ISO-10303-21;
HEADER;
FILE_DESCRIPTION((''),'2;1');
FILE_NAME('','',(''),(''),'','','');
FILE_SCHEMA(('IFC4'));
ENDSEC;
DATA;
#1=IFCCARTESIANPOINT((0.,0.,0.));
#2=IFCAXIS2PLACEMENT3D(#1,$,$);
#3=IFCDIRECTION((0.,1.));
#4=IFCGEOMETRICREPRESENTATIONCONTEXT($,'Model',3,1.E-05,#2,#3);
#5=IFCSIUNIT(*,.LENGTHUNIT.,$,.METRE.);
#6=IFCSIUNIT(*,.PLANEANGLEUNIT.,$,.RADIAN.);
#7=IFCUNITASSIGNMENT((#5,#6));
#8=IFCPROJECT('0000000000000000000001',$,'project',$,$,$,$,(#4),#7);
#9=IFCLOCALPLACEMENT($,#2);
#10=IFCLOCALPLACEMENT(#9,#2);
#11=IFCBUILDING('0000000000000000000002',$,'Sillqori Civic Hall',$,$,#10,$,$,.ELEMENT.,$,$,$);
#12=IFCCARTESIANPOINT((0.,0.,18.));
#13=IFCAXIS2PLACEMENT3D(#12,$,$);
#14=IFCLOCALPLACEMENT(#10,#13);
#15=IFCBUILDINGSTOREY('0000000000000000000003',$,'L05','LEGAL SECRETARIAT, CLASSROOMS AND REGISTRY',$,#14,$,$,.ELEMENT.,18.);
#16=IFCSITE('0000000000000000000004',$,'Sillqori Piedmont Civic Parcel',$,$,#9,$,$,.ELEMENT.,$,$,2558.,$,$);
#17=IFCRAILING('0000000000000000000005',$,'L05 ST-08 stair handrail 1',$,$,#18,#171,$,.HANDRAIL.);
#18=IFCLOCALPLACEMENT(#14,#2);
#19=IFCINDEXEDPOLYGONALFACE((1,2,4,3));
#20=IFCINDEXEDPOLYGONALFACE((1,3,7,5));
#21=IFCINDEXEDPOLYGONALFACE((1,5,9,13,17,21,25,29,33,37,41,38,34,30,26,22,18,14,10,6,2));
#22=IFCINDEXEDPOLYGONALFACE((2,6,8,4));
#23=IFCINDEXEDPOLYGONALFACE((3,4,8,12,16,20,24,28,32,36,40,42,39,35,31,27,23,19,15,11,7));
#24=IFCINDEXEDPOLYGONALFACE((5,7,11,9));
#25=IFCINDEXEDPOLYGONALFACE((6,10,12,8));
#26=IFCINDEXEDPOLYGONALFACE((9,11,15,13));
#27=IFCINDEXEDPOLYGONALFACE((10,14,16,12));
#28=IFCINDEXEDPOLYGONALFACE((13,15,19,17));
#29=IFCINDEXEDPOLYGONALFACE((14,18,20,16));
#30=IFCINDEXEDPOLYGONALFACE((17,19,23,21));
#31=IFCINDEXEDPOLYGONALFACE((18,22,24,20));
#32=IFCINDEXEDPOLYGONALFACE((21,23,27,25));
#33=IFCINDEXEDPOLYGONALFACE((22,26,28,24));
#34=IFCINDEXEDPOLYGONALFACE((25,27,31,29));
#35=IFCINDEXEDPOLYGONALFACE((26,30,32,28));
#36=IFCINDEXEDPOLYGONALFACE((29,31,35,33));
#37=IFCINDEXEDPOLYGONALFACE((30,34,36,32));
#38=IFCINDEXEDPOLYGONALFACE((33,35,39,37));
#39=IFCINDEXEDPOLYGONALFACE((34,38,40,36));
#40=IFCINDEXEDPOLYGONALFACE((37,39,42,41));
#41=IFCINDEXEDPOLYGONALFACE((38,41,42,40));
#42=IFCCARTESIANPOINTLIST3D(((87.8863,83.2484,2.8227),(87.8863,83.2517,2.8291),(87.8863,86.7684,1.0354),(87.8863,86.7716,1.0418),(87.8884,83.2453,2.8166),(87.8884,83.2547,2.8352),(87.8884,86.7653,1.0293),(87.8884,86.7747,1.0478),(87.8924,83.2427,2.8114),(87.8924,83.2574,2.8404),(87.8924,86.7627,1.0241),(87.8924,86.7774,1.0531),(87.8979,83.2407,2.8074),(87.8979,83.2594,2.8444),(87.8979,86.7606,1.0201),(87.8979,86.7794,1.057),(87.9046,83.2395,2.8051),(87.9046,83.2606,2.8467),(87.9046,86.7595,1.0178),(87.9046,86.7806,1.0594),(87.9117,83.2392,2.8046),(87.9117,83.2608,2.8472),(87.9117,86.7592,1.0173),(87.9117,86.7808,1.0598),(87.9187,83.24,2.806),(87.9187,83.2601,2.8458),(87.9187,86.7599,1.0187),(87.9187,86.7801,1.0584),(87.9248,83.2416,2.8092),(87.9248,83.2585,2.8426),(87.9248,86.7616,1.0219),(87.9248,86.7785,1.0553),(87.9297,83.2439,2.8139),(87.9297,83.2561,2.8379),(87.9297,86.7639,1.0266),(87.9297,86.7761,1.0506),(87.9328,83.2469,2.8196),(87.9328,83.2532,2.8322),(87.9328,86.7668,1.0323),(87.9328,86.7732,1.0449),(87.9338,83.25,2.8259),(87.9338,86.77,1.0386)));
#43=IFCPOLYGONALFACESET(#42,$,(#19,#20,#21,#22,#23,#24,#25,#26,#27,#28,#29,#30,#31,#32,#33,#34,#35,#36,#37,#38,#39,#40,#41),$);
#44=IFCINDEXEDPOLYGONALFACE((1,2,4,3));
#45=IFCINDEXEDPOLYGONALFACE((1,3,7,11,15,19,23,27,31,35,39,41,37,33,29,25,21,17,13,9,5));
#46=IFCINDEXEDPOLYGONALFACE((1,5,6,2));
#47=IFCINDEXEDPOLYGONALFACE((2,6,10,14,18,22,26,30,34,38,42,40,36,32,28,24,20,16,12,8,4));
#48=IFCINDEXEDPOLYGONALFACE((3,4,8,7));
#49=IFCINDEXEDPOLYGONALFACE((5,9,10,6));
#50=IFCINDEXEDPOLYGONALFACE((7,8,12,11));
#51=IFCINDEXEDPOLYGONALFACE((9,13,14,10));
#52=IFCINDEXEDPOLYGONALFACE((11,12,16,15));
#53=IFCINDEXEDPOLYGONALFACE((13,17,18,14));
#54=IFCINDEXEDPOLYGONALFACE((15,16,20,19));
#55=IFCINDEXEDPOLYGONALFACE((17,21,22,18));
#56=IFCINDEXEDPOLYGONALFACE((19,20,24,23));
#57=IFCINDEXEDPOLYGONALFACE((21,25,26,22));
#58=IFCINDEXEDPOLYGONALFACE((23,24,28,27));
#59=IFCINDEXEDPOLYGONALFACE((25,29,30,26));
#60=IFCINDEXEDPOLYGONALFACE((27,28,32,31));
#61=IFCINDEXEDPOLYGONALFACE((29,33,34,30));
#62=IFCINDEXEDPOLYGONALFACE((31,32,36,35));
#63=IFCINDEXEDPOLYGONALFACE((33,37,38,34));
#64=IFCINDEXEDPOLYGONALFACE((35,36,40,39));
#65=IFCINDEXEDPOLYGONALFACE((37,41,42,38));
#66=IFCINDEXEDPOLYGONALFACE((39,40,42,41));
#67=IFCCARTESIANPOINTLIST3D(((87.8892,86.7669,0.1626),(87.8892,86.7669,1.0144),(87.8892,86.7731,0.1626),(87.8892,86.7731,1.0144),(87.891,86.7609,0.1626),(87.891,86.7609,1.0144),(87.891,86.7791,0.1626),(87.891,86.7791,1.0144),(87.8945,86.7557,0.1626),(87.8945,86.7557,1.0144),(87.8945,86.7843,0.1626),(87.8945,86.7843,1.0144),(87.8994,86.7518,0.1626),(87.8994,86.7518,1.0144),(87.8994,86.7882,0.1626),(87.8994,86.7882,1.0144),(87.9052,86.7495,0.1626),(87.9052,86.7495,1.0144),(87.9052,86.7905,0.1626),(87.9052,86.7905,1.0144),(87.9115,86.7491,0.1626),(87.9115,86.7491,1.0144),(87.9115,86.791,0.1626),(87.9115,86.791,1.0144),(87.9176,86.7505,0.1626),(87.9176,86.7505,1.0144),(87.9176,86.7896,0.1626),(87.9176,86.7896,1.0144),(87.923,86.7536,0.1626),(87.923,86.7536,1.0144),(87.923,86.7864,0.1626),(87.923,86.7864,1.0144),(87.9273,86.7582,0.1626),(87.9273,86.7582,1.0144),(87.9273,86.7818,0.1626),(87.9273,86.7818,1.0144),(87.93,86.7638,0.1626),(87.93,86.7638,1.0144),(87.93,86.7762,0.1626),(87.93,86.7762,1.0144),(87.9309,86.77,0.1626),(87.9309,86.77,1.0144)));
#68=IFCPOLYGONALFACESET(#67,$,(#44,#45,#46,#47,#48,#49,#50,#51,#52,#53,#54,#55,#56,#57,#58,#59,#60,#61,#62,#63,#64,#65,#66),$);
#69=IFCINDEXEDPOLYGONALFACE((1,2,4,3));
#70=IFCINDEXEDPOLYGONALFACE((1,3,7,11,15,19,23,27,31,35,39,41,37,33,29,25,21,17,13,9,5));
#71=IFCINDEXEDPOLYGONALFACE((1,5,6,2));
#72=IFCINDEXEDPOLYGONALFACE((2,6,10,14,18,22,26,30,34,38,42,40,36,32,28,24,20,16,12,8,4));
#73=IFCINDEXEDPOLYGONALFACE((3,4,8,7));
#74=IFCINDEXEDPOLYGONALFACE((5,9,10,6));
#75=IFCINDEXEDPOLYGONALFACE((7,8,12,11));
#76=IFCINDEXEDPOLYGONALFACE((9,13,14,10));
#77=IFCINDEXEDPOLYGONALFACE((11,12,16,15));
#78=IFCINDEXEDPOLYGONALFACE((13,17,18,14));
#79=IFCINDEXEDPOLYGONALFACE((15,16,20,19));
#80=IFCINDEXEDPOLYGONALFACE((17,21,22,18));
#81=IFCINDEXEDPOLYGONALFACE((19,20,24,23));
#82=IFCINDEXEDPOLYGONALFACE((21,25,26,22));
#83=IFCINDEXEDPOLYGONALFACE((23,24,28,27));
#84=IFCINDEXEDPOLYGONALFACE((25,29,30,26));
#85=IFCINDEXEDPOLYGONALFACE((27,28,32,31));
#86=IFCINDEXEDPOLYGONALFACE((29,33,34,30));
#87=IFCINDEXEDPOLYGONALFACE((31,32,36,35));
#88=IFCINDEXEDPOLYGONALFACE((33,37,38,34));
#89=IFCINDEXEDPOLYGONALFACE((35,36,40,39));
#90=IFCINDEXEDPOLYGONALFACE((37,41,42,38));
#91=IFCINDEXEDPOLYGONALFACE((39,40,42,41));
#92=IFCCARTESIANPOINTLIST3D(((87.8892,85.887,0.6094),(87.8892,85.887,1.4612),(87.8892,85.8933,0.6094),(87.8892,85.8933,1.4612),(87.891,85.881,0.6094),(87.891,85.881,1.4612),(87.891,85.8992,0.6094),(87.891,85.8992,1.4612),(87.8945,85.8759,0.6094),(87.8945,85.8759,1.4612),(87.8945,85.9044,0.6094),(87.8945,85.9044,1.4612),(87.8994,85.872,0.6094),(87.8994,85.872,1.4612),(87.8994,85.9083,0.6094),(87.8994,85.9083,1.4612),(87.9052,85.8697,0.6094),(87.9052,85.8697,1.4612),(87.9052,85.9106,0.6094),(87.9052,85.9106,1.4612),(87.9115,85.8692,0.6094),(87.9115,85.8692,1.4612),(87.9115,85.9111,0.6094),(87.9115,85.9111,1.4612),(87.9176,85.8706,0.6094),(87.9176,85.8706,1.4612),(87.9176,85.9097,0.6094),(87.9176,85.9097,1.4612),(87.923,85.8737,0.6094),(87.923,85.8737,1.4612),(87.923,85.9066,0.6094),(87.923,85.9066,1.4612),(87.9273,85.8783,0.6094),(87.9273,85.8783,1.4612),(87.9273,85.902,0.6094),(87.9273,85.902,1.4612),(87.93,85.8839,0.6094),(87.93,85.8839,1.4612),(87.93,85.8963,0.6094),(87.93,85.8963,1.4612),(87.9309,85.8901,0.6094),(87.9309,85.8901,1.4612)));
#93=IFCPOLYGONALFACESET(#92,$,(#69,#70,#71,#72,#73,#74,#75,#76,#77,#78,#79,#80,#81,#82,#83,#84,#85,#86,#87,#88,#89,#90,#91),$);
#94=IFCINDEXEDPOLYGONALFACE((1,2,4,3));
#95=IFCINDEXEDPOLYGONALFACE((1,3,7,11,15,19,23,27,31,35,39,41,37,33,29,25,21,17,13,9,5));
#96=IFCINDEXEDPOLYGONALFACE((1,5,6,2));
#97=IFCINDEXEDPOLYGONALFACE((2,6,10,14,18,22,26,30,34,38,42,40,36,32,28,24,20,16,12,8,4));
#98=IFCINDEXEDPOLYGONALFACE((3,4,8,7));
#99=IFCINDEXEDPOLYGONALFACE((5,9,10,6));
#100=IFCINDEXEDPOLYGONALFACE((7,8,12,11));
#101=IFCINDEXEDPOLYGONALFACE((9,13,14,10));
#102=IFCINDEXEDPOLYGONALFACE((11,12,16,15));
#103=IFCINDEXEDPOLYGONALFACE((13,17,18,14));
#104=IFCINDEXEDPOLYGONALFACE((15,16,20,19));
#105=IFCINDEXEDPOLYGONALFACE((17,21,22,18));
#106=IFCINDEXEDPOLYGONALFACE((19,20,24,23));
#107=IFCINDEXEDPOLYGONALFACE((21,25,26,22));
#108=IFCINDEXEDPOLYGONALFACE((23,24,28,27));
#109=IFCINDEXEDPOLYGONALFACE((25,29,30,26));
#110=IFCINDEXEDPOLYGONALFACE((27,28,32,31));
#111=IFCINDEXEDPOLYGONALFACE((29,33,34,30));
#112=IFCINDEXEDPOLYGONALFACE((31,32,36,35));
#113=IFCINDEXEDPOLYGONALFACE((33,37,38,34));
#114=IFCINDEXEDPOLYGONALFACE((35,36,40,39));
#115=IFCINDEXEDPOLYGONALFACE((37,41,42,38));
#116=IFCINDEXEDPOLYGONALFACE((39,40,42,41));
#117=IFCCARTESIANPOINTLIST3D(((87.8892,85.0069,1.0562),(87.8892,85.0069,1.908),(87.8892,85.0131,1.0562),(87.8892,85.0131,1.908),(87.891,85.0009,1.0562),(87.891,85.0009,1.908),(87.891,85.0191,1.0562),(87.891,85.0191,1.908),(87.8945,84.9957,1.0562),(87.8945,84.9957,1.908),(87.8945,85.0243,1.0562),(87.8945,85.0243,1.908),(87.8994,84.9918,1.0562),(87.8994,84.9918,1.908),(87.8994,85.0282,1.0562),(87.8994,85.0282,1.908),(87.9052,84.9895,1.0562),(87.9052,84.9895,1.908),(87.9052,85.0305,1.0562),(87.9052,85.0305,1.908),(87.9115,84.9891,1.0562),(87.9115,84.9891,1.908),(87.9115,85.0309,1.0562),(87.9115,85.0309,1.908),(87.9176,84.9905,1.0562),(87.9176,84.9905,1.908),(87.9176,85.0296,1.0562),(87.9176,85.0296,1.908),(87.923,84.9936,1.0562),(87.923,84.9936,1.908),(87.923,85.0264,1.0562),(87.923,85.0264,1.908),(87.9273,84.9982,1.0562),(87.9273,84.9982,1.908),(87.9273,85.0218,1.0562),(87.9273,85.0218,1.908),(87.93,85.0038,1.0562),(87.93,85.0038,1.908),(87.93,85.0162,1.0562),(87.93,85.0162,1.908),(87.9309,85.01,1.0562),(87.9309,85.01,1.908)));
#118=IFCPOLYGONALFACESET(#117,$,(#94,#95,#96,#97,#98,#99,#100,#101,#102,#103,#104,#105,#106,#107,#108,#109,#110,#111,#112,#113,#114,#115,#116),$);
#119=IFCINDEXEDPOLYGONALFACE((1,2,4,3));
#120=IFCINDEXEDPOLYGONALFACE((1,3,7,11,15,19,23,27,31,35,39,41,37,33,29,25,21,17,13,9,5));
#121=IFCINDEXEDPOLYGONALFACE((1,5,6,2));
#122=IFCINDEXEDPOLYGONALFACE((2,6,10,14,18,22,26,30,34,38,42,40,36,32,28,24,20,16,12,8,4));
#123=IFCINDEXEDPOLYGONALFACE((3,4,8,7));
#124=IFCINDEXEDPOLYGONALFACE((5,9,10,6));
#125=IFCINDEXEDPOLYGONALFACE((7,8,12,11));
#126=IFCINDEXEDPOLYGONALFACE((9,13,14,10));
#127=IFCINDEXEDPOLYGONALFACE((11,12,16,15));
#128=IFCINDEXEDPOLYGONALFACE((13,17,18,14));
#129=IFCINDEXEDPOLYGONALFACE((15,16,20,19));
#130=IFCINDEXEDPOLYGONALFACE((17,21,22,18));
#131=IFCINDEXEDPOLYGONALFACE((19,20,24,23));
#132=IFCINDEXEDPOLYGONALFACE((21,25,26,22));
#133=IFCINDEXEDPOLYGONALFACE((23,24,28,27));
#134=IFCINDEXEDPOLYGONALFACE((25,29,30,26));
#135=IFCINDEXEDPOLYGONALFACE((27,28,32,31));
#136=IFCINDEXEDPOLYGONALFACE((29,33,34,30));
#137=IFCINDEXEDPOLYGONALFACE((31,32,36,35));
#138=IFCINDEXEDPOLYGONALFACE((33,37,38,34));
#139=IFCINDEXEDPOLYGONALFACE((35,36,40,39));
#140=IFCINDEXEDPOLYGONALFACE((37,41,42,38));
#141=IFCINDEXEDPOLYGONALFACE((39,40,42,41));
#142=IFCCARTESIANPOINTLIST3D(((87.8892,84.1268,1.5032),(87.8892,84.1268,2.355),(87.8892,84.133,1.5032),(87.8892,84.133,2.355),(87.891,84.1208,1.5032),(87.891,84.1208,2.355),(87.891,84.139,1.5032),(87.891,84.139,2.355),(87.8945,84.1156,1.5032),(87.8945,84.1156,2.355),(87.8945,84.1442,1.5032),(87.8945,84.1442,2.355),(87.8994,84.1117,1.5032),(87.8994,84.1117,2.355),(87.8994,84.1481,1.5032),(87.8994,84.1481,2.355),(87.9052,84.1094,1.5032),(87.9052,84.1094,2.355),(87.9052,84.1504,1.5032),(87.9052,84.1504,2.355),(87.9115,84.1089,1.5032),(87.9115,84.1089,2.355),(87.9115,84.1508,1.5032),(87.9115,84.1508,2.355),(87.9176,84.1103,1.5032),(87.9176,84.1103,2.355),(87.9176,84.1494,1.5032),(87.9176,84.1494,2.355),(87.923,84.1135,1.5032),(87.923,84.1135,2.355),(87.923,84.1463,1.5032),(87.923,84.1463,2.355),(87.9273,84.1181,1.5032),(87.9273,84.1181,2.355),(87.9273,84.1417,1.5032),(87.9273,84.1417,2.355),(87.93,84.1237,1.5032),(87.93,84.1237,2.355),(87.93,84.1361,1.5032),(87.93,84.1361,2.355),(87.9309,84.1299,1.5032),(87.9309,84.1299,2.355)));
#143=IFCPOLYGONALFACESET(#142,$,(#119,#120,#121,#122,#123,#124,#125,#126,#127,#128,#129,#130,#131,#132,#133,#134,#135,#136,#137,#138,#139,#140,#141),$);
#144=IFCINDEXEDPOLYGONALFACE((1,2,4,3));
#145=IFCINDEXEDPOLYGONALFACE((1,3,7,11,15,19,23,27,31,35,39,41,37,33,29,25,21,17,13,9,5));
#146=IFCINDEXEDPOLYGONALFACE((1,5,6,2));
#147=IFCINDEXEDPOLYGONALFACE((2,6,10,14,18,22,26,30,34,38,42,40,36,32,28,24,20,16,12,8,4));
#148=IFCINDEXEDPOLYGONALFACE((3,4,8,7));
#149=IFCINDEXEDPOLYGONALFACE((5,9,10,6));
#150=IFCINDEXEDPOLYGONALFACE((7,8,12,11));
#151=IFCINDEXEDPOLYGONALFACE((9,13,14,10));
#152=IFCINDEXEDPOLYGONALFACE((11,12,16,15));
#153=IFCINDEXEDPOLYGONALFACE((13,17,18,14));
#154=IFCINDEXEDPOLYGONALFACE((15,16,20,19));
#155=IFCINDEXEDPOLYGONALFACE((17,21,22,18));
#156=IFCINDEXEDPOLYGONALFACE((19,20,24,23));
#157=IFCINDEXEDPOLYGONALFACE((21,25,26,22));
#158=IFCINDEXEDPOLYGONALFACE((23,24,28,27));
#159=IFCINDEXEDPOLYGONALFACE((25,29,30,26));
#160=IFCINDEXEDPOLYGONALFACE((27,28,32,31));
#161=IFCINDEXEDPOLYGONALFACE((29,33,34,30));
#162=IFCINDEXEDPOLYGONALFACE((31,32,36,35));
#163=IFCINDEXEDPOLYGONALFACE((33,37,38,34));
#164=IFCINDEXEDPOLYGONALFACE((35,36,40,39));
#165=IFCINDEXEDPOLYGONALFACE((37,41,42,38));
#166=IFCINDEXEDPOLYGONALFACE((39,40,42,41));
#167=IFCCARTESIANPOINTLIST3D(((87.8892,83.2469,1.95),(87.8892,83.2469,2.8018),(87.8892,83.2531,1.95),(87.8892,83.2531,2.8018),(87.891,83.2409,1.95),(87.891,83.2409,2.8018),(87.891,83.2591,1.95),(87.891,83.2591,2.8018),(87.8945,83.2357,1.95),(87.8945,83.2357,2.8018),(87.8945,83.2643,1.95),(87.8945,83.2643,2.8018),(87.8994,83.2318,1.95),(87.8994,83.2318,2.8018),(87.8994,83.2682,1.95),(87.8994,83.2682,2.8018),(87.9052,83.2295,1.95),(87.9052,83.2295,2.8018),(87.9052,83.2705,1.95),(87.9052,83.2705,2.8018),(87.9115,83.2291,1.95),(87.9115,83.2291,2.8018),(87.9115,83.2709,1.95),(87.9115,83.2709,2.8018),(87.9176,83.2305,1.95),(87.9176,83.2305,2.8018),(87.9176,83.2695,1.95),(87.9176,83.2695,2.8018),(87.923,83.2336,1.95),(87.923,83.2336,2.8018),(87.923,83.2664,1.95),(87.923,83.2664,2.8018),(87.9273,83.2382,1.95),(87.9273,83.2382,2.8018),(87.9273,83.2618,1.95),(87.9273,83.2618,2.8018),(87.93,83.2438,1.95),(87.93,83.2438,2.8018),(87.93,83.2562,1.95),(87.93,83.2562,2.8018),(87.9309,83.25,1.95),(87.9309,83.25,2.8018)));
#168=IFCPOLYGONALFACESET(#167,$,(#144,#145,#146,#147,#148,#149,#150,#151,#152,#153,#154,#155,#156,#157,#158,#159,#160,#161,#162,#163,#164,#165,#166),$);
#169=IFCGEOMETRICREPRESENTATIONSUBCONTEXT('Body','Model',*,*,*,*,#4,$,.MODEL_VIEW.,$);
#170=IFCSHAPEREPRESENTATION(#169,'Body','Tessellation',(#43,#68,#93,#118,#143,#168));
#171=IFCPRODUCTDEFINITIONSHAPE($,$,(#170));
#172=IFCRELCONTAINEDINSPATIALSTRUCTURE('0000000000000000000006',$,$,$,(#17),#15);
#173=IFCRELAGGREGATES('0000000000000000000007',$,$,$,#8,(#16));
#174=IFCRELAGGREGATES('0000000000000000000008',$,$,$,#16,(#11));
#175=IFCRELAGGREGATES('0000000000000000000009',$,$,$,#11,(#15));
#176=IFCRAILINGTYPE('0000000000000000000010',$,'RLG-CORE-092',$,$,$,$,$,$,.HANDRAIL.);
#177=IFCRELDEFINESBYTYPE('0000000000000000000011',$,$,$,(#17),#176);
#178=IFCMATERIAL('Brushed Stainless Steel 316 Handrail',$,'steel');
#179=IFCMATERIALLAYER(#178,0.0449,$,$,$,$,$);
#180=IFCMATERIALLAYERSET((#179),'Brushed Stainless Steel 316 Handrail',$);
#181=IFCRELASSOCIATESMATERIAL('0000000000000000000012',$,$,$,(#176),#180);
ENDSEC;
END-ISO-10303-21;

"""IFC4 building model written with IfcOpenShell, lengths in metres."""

from ifc_helpers import new_model, si_unit, direction, frame, origin, origin_2d, place, context, subcontext, project, spatial, circle, extrude, material, layer, layer_set, type_object, element, save


model = new_model("IFC4")

# Units and contexts
model_context = context("Model", 3, precision=1e-05, world=origin(), true_north=direction((0.0, 1.0)))
body_context = subcontext(model_context, "Body", "Model", "MODEL_VIEW")
ifc_project = project(units=[si_unit("LENGTHUNIT", "METRE"), si_unit("PLANEANGLEUNIT", "RADIAN")], contexts=[model_context])

# Site, building, storey
site_placement = place(None, origin())
site = spatial("IfcSite", under=ifc_project, at=site_placement, Name="Sillqori Piedmont Civic Parcel", CompositionType="ELEMENT", RefElevation=2558.0)
building_placement = place(site_placement, origin())
building = spatial("IfcBuilding", under=site, at=building_placement, Name="Sillqori Civic Hall", CompositionType="ELEMENT")
storey_placement = place(building_placement, frame((0.0, 0.0, 18.0)))
storey = spatial("IfcBuildingStorey", under=building, at=storey_placement, Name="L05", Description="LEGAL SECRETARIAT, CLASSROOMS AND REGISTRY", CompositionType="ELEMENT", Elevation=18.0)

# Railing
ifc_material_1 = material(Name="Brushed Stainless Steel 316 Handrail", Category="steel")
ifc_layer_1 = layer(ifc_material_1, 0.0449)
ifc_layer_set_1 = layer_set([ifc_layer_1], Name="Brushed Stainless Steel 316 Handrail")
railing_type_1 = type_object("IfcRailingType", Name="RLG-CORE-092", PredefinedType="HANDRAIL", material=ifc_layer_set_1)
for number, where, name in (
    (1, (87.9099, 86.77, 0.1626), "L05 ST-08 stair handrail 1"),
):
    element("IfcRailing", number, at=place(storey_placement, frame(where)), inside=storey, type_object=railing_type_1, Name=name, PredefinedType="HANDRAIL", context=body_context, shape_type="SweptSolid", body=[
        extrude(circle(Radius=0.0239, at=origin_2d()), frame((0.0, 0.0, 0.876), z_axis=(0.0, -0.89164, 0.452746), x_axis=(1.0, 0.0, 0.0)), (0.0, 0.0, 1.0), 3.9478),
        extrude(circle(Radius=0.021, at=origin_2d()), origin(), (0.0, 0.0, 1.0), 0.8518),
        extrude(circle(Radius=0.021, at=origin_2d()), frame((0.0, -0.8799, 0.4468)), (0.0, 0.0, 1.0), 0.8518),
        extrude(circle(Radius=0.021, at=origin_2d()), frame((0.0, -1.76, 0.8936)), (0.0, 0.0, 1.0), 0.8518),
        extrude(circle(Radius=0.021, at=origin_2d()), frame((0.0, -2.6401, 1.3406)), (0.0, 0.0, 1.0), 0.8518),
        extrude(circle(Radius=0.021, at=origin_2d()), frame((0.0, -3.52, 1.7874)), (0.0, 0.0, 1.0), 0.8518),
    ])

save(model, "model.ifc")
